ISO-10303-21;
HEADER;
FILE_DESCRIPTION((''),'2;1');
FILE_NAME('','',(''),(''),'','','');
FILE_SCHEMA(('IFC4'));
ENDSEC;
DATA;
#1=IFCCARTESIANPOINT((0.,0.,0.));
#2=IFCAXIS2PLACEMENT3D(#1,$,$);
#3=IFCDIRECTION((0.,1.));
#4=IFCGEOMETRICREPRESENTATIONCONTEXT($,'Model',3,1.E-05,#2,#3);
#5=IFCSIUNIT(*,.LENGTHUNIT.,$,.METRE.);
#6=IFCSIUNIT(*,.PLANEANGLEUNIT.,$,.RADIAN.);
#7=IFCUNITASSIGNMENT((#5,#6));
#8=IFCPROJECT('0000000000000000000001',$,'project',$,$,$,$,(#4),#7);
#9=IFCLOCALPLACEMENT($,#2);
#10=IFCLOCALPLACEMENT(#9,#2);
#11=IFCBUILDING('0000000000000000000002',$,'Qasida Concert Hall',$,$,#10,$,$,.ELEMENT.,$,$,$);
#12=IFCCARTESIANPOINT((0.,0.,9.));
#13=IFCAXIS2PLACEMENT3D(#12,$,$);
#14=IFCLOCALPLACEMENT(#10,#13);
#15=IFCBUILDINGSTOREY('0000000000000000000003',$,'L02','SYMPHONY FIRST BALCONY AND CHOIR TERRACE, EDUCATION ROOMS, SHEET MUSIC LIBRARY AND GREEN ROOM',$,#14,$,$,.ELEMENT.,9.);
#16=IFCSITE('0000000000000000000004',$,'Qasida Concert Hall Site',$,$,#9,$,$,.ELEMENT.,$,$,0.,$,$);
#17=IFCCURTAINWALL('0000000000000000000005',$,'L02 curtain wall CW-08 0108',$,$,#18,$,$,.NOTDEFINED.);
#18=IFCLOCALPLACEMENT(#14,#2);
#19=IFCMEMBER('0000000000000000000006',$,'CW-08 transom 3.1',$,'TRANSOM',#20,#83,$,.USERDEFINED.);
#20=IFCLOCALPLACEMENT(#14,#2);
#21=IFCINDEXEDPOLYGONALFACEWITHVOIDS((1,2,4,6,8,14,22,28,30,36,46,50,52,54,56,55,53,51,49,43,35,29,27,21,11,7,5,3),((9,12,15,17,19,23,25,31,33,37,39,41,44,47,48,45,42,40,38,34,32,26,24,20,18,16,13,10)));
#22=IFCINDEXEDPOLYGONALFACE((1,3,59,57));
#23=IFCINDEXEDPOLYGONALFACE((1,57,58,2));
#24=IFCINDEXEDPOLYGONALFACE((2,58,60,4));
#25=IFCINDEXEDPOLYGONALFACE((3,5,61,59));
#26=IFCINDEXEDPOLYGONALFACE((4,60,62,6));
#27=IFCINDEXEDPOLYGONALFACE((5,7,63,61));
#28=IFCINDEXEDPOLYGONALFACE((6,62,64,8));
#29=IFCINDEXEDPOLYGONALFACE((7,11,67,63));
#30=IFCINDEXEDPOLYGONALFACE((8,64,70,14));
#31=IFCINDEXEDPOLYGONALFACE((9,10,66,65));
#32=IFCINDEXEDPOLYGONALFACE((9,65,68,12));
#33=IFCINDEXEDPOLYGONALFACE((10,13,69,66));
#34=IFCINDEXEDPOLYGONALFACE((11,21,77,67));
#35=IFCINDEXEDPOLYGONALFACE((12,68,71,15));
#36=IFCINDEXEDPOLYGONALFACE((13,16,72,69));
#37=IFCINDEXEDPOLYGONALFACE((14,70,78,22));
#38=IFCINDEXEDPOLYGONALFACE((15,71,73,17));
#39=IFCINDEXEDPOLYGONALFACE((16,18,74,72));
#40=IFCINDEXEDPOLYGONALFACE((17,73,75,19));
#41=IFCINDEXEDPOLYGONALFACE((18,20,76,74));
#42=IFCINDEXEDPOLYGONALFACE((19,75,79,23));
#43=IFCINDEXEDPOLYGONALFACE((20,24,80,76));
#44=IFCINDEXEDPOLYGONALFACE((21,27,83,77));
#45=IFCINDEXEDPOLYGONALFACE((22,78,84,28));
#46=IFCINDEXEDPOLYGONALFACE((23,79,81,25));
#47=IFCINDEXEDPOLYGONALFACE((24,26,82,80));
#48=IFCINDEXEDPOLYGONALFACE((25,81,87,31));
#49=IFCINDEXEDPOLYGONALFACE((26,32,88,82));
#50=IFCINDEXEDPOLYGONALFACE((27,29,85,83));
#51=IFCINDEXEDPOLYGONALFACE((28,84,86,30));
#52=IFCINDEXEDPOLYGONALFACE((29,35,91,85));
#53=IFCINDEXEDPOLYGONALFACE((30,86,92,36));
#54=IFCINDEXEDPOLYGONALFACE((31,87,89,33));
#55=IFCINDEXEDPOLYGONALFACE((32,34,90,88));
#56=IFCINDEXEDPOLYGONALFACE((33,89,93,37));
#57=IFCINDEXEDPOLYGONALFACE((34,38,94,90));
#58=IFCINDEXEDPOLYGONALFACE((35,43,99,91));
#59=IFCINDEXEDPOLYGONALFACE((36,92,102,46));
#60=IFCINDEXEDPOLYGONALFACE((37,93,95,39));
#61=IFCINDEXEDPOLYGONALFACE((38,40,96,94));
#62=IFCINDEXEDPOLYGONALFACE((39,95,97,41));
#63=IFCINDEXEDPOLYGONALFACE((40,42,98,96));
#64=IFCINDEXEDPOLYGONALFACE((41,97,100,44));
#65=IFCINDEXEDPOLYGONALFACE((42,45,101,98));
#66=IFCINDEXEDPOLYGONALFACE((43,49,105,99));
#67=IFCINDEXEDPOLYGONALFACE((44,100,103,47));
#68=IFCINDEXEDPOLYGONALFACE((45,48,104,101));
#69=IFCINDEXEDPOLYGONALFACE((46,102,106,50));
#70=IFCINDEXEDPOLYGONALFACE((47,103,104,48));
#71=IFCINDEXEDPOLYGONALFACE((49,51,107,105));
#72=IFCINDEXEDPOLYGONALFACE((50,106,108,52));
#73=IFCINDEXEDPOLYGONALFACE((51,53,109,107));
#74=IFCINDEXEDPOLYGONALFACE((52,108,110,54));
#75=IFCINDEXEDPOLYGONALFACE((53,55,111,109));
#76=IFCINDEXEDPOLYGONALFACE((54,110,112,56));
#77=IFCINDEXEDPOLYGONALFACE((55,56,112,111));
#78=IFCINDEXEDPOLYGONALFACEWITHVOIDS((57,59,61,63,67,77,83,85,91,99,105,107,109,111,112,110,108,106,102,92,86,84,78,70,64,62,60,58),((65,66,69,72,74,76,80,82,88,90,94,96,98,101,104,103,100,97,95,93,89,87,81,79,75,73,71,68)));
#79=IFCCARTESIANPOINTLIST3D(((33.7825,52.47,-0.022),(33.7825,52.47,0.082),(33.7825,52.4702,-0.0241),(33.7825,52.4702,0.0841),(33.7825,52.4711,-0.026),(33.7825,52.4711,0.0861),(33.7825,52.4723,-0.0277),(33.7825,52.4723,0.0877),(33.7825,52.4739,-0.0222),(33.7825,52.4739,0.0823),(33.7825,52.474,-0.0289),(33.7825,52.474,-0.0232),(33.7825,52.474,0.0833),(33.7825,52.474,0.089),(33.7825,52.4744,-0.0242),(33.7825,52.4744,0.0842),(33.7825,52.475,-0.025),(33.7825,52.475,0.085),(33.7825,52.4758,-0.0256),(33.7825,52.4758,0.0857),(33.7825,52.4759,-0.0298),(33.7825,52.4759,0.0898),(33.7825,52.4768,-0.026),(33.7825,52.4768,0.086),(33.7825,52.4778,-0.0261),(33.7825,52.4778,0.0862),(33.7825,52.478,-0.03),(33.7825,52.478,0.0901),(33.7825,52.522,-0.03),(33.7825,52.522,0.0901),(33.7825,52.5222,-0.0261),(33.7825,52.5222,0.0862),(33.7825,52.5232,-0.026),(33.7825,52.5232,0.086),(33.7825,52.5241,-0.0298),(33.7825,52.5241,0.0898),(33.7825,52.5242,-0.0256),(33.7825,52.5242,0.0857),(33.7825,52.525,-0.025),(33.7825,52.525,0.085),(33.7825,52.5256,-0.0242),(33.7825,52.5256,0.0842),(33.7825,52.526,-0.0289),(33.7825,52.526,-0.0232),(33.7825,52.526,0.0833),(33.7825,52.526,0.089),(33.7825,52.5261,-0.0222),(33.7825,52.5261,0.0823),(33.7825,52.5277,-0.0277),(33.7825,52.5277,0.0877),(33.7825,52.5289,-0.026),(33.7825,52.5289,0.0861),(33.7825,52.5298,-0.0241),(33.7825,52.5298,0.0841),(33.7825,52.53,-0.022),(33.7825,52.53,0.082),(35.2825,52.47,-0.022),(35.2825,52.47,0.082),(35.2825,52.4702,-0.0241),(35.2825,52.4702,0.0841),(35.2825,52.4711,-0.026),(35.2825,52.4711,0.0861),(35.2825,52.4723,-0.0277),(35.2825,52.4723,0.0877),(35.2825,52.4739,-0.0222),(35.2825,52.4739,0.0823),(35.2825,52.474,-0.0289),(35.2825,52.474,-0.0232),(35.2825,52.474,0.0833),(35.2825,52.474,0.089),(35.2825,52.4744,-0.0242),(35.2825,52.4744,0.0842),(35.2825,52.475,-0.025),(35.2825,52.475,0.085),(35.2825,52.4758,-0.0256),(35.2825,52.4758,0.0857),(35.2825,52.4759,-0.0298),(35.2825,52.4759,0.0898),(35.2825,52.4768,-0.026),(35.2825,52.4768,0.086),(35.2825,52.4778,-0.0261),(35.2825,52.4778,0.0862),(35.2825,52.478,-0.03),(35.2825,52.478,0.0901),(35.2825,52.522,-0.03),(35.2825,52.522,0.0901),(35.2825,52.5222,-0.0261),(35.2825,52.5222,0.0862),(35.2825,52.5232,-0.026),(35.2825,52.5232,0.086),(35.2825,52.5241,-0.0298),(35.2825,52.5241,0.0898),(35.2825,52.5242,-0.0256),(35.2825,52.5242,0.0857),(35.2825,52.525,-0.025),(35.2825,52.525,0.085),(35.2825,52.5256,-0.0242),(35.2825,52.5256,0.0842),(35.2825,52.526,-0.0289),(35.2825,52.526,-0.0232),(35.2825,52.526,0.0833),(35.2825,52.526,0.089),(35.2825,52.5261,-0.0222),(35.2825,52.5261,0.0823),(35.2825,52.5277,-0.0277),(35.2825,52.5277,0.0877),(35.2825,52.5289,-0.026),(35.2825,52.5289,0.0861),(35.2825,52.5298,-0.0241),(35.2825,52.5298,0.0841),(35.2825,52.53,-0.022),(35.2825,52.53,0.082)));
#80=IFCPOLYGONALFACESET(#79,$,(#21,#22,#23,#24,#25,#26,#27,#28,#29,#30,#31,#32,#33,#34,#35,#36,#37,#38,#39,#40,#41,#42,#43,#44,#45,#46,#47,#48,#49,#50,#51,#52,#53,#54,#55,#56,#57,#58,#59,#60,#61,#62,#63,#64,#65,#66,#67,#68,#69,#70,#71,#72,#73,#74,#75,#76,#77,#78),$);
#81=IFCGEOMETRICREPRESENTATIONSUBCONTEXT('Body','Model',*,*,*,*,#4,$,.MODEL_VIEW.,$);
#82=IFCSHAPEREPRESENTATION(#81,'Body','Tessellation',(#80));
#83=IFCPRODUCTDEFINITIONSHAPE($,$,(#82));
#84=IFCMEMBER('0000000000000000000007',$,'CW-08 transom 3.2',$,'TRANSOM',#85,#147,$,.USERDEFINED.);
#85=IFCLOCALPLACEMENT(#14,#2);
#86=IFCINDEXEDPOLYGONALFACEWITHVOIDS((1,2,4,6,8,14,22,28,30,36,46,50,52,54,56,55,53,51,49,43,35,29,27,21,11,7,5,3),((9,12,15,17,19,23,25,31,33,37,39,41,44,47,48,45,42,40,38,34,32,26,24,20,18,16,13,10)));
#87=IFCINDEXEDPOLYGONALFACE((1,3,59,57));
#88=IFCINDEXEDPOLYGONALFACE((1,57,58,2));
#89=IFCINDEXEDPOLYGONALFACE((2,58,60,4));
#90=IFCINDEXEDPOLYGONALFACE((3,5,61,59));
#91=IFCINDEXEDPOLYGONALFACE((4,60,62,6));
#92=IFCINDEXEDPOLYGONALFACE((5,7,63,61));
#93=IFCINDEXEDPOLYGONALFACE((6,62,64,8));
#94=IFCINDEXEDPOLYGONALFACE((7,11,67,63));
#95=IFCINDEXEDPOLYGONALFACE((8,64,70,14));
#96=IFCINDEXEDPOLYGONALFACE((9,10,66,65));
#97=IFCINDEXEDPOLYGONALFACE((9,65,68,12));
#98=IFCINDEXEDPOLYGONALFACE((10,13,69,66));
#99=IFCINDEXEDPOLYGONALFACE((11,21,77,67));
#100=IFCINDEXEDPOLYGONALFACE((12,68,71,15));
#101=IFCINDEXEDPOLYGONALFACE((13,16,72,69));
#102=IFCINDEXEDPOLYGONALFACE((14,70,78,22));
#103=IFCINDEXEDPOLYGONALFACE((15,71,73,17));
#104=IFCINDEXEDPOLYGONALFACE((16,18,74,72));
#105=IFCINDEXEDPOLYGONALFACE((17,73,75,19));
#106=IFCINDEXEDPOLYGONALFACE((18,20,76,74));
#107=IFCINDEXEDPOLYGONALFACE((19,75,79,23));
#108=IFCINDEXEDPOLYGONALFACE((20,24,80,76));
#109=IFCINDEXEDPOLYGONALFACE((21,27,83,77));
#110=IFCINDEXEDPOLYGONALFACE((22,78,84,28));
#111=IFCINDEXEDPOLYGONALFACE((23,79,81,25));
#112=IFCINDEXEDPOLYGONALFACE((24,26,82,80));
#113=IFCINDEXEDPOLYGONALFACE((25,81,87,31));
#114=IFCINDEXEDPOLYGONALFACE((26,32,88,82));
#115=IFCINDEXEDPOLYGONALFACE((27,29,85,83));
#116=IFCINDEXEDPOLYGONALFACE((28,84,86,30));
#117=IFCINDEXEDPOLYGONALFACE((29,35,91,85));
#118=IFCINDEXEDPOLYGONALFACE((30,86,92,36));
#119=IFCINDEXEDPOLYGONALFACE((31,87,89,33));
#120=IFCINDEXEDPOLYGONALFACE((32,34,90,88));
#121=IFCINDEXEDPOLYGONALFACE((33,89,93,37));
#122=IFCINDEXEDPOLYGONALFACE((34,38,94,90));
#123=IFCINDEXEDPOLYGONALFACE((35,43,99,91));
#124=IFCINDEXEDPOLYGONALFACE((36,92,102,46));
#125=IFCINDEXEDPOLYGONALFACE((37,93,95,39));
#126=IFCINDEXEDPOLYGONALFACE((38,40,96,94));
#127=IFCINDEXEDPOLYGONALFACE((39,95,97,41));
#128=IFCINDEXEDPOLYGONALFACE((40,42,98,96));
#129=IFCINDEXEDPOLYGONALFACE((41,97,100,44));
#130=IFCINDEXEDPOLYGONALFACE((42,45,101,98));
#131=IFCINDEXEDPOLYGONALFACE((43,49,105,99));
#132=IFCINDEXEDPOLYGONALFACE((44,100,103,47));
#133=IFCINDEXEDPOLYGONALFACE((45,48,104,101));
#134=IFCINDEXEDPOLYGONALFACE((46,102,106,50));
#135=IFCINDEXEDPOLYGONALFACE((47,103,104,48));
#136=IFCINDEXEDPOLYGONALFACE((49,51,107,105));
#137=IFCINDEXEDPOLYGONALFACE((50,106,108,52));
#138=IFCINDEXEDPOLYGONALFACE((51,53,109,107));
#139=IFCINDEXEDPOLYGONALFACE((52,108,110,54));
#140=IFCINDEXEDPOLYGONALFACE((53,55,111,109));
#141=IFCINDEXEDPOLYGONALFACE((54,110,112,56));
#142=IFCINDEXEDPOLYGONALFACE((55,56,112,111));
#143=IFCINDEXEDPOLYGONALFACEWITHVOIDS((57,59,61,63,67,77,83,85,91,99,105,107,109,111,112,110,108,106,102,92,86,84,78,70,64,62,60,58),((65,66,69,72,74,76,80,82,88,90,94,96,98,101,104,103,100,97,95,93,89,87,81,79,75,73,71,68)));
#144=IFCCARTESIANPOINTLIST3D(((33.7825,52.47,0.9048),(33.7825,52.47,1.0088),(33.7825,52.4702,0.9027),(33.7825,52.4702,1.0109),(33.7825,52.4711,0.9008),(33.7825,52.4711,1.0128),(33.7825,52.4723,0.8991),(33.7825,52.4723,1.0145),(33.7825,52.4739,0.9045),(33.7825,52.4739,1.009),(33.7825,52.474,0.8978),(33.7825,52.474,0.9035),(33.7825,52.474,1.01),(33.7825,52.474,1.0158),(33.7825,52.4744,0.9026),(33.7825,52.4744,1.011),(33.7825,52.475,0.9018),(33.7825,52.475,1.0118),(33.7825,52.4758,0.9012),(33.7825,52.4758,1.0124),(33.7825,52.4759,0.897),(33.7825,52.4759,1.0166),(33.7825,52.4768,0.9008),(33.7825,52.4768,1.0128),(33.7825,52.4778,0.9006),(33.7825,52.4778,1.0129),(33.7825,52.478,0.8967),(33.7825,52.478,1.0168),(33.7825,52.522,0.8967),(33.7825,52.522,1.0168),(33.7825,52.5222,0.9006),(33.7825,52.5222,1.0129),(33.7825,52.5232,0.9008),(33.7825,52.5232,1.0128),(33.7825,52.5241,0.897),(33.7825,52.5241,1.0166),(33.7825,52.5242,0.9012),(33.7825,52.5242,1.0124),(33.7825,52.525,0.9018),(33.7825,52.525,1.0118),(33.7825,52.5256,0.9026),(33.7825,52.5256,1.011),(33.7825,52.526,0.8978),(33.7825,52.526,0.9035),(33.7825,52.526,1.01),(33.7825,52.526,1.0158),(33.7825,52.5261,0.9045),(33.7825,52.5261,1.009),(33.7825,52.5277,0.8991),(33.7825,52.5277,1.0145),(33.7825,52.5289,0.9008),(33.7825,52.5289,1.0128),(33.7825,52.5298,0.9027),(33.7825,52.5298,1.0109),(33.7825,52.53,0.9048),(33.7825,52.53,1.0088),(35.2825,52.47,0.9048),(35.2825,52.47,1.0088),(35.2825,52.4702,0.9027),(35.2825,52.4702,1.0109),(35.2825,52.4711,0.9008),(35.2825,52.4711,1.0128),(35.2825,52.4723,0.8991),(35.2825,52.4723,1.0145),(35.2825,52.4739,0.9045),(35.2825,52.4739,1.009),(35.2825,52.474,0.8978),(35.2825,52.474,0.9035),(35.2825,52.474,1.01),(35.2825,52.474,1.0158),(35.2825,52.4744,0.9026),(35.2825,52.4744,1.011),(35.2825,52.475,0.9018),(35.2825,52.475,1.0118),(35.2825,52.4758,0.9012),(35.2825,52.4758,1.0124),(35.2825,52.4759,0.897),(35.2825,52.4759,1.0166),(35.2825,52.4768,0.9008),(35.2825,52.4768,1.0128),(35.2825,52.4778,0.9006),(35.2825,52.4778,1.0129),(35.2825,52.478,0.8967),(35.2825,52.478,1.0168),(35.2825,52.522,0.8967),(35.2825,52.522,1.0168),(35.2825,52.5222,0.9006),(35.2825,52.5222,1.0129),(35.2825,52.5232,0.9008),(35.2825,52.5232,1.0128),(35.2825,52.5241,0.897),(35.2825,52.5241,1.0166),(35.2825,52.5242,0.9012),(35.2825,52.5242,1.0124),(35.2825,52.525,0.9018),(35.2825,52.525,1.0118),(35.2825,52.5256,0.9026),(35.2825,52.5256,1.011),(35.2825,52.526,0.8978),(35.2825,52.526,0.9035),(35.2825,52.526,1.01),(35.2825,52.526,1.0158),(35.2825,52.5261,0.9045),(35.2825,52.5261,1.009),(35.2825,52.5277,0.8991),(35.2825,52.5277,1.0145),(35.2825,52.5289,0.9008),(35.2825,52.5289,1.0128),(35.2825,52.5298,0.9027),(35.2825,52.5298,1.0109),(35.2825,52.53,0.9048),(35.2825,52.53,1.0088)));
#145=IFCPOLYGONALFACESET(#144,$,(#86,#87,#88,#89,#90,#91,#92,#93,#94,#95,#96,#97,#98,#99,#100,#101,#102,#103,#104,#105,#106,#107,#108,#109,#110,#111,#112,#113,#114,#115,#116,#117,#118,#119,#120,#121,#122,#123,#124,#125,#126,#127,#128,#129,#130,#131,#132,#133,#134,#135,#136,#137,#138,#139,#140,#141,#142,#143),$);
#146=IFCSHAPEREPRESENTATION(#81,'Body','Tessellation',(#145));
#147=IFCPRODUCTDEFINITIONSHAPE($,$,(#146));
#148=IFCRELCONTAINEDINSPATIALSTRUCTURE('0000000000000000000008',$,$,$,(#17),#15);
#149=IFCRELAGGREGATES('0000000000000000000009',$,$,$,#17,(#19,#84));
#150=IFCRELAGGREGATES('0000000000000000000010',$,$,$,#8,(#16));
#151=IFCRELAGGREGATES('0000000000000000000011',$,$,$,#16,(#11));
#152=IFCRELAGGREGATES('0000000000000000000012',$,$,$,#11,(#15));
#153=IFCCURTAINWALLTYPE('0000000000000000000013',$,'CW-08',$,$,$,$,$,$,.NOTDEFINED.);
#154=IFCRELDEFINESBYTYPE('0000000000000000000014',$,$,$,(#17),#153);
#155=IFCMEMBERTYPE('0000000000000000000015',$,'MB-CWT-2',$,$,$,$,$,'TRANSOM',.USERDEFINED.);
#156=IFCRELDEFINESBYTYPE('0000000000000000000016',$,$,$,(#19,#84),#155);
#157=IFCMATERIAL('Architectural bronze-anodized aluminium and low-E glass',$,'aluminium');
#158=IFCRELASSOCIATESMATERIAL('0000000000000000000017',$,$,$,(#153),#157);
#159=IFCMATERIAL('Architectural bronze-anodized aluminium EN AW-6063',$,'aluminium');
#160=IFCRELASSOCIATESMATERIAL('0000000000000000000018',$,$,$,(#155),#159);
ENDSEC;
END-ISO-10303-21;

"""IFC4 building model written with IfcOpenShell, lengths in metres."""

from ifc_helpers import new_model, si_unit, direction, frame, origin, origin_2d, place, context, subcontext, project, spatial, hollow_rectangle, extrude, material, material_profile, profile_set, type_object, element, aggregate, save


model = new_model("IFC4")

# Units and contexts
model_context = context("Model", 3, precision=1e-05, world=origin(), true_north=direction((0.0, 1.0)))
body_context = subcontext(model_context, "Body", "Model", "MODEL_VIEW")
ifc_project = project(units=[si_unit("LENGTHUNIT", "METRE"), si_unit("PLANEANGLEUNIT", "RADIAN")], contexts=[model_context])

# Site, building, storey
site_placement = place(None, origin())
site = spatial("IfcSite", under=ifc_project, at=site_placement, Name="Qasida Concert Hall Site", CompositionType="ELEMENT", RefElevation=0.0)
building_placement = place(site_placement, origin())
building = spatial("IfcBuilding", under=site, at=building_placement, Name="Qasida Concert Hall", CompositionType="ELEMENT")
storey_placement = place(building_placement, frame((0.0, 0.0, 9.0)))
storey = spatial("IfcBuildingStorey", under=building, at=storey_placement, Name="L02", Description="SYMPHONY FIRST BALCONY AND CHOIR TERRACE, EDUCATION ROOMS, SHEET MUSIC LIBRARY AND GREEN ROOM", CompositionType="ELEMENT", Elevation=9.0)

# Curtain wall, members
ifc_material_1 = material(Name="Architectural bronze-anodized aluminium and low-E glass", Category="aluminium")
curtain_wall_type = type_object("IfcCurtainWallType", Name="CW-08", PredefinedType="NOTDEFINED", material=ifc_material_1)
curtain_wall_placement = place(storey_placement, origin())
curtain_wall = element("IfcCurtainWall", 1, at=curtain_wall_placement, inside=storey, type_object=curtain_wall_type, Name="L02 curtain wall CW-08 0108", PredefinedType="NOTDEFINED")
ifc_material_2 = material(Name="Architectural bronze-anodized aluminium EN AW-6063", Category="aluminium")
ifc_material_profile_1 = material_profile(ifc_material_2, hollow_rectangle(XDim=0.0601, YDim=0.1201, WallThickness=0.0039, InnerFilletRadius=0.0039, OuterFilletRadius=0.0081, at=origin_2d()), Name="CWT 120x60x4")
ifc_profile_set_1 = profile_set([ifc_material_profile_1], Name="Architectural bronze-anodized aluminium EN AW-6063")
member_type_1 = type_object("IfcMemberType", Name="MB-CWT-2", ElementType="TRANSOM", PredefinedType="USERDEFINED", material=ifc_profile_set_1)
member_1_placement = place(storey_placement, frame((33.7825, 52.5, 0.03), z_axis=(1.0, 0.0, 0.0), x_axis=(0.0, 1.0, 0.0)))
member_1 = element("IfcMember", 2, at=member_1_placement, type_object=member_type_1, Name="CW-08 transom 3.1", ObjectType="TRANSOM", PredefinedType="USERDEFINED", context=body_context, shape_type="SweptSolid", body=[
    extrude(hollow_rectangle(XDim=0.0601, YDim=0.1201, WallThickness=0.0039, InnerFilletRadius=0.0039, OuterFilletRadius=0.0081, at=origin_2d()), origin(), (0.0, 0.0, 1.0), 1.5),
])
member_2_placement = place(storey_placement, frame((33.7825, 52.5, 0.9568), z_axis=(1.0, 0.0, 0.0), x_axis=(0.0, 1.0, 0.0)))
member_2 = element("IfcMember", 3, at=member_2_placement, type_object=member_type_1, Name="CW-08 transom 3.2", ObjectType="TRANSOM", PredefinedType="USERDEFINED", context=body_context, shape_type="SweptSolid", body=[
    extrude(hollow_rectangle(XDim=0.0601, YDim=0.1201, WallThickness=0.0039, InnerFilletRadius=0.0039, OuterFilletRadius=0.0081, at=origin_2d()), origin(), (0.0, 0.0, 1.0), 1.5),
])
aggregate(curtain_wall, [member_1, member_2])

save(model, "model.ifc")
